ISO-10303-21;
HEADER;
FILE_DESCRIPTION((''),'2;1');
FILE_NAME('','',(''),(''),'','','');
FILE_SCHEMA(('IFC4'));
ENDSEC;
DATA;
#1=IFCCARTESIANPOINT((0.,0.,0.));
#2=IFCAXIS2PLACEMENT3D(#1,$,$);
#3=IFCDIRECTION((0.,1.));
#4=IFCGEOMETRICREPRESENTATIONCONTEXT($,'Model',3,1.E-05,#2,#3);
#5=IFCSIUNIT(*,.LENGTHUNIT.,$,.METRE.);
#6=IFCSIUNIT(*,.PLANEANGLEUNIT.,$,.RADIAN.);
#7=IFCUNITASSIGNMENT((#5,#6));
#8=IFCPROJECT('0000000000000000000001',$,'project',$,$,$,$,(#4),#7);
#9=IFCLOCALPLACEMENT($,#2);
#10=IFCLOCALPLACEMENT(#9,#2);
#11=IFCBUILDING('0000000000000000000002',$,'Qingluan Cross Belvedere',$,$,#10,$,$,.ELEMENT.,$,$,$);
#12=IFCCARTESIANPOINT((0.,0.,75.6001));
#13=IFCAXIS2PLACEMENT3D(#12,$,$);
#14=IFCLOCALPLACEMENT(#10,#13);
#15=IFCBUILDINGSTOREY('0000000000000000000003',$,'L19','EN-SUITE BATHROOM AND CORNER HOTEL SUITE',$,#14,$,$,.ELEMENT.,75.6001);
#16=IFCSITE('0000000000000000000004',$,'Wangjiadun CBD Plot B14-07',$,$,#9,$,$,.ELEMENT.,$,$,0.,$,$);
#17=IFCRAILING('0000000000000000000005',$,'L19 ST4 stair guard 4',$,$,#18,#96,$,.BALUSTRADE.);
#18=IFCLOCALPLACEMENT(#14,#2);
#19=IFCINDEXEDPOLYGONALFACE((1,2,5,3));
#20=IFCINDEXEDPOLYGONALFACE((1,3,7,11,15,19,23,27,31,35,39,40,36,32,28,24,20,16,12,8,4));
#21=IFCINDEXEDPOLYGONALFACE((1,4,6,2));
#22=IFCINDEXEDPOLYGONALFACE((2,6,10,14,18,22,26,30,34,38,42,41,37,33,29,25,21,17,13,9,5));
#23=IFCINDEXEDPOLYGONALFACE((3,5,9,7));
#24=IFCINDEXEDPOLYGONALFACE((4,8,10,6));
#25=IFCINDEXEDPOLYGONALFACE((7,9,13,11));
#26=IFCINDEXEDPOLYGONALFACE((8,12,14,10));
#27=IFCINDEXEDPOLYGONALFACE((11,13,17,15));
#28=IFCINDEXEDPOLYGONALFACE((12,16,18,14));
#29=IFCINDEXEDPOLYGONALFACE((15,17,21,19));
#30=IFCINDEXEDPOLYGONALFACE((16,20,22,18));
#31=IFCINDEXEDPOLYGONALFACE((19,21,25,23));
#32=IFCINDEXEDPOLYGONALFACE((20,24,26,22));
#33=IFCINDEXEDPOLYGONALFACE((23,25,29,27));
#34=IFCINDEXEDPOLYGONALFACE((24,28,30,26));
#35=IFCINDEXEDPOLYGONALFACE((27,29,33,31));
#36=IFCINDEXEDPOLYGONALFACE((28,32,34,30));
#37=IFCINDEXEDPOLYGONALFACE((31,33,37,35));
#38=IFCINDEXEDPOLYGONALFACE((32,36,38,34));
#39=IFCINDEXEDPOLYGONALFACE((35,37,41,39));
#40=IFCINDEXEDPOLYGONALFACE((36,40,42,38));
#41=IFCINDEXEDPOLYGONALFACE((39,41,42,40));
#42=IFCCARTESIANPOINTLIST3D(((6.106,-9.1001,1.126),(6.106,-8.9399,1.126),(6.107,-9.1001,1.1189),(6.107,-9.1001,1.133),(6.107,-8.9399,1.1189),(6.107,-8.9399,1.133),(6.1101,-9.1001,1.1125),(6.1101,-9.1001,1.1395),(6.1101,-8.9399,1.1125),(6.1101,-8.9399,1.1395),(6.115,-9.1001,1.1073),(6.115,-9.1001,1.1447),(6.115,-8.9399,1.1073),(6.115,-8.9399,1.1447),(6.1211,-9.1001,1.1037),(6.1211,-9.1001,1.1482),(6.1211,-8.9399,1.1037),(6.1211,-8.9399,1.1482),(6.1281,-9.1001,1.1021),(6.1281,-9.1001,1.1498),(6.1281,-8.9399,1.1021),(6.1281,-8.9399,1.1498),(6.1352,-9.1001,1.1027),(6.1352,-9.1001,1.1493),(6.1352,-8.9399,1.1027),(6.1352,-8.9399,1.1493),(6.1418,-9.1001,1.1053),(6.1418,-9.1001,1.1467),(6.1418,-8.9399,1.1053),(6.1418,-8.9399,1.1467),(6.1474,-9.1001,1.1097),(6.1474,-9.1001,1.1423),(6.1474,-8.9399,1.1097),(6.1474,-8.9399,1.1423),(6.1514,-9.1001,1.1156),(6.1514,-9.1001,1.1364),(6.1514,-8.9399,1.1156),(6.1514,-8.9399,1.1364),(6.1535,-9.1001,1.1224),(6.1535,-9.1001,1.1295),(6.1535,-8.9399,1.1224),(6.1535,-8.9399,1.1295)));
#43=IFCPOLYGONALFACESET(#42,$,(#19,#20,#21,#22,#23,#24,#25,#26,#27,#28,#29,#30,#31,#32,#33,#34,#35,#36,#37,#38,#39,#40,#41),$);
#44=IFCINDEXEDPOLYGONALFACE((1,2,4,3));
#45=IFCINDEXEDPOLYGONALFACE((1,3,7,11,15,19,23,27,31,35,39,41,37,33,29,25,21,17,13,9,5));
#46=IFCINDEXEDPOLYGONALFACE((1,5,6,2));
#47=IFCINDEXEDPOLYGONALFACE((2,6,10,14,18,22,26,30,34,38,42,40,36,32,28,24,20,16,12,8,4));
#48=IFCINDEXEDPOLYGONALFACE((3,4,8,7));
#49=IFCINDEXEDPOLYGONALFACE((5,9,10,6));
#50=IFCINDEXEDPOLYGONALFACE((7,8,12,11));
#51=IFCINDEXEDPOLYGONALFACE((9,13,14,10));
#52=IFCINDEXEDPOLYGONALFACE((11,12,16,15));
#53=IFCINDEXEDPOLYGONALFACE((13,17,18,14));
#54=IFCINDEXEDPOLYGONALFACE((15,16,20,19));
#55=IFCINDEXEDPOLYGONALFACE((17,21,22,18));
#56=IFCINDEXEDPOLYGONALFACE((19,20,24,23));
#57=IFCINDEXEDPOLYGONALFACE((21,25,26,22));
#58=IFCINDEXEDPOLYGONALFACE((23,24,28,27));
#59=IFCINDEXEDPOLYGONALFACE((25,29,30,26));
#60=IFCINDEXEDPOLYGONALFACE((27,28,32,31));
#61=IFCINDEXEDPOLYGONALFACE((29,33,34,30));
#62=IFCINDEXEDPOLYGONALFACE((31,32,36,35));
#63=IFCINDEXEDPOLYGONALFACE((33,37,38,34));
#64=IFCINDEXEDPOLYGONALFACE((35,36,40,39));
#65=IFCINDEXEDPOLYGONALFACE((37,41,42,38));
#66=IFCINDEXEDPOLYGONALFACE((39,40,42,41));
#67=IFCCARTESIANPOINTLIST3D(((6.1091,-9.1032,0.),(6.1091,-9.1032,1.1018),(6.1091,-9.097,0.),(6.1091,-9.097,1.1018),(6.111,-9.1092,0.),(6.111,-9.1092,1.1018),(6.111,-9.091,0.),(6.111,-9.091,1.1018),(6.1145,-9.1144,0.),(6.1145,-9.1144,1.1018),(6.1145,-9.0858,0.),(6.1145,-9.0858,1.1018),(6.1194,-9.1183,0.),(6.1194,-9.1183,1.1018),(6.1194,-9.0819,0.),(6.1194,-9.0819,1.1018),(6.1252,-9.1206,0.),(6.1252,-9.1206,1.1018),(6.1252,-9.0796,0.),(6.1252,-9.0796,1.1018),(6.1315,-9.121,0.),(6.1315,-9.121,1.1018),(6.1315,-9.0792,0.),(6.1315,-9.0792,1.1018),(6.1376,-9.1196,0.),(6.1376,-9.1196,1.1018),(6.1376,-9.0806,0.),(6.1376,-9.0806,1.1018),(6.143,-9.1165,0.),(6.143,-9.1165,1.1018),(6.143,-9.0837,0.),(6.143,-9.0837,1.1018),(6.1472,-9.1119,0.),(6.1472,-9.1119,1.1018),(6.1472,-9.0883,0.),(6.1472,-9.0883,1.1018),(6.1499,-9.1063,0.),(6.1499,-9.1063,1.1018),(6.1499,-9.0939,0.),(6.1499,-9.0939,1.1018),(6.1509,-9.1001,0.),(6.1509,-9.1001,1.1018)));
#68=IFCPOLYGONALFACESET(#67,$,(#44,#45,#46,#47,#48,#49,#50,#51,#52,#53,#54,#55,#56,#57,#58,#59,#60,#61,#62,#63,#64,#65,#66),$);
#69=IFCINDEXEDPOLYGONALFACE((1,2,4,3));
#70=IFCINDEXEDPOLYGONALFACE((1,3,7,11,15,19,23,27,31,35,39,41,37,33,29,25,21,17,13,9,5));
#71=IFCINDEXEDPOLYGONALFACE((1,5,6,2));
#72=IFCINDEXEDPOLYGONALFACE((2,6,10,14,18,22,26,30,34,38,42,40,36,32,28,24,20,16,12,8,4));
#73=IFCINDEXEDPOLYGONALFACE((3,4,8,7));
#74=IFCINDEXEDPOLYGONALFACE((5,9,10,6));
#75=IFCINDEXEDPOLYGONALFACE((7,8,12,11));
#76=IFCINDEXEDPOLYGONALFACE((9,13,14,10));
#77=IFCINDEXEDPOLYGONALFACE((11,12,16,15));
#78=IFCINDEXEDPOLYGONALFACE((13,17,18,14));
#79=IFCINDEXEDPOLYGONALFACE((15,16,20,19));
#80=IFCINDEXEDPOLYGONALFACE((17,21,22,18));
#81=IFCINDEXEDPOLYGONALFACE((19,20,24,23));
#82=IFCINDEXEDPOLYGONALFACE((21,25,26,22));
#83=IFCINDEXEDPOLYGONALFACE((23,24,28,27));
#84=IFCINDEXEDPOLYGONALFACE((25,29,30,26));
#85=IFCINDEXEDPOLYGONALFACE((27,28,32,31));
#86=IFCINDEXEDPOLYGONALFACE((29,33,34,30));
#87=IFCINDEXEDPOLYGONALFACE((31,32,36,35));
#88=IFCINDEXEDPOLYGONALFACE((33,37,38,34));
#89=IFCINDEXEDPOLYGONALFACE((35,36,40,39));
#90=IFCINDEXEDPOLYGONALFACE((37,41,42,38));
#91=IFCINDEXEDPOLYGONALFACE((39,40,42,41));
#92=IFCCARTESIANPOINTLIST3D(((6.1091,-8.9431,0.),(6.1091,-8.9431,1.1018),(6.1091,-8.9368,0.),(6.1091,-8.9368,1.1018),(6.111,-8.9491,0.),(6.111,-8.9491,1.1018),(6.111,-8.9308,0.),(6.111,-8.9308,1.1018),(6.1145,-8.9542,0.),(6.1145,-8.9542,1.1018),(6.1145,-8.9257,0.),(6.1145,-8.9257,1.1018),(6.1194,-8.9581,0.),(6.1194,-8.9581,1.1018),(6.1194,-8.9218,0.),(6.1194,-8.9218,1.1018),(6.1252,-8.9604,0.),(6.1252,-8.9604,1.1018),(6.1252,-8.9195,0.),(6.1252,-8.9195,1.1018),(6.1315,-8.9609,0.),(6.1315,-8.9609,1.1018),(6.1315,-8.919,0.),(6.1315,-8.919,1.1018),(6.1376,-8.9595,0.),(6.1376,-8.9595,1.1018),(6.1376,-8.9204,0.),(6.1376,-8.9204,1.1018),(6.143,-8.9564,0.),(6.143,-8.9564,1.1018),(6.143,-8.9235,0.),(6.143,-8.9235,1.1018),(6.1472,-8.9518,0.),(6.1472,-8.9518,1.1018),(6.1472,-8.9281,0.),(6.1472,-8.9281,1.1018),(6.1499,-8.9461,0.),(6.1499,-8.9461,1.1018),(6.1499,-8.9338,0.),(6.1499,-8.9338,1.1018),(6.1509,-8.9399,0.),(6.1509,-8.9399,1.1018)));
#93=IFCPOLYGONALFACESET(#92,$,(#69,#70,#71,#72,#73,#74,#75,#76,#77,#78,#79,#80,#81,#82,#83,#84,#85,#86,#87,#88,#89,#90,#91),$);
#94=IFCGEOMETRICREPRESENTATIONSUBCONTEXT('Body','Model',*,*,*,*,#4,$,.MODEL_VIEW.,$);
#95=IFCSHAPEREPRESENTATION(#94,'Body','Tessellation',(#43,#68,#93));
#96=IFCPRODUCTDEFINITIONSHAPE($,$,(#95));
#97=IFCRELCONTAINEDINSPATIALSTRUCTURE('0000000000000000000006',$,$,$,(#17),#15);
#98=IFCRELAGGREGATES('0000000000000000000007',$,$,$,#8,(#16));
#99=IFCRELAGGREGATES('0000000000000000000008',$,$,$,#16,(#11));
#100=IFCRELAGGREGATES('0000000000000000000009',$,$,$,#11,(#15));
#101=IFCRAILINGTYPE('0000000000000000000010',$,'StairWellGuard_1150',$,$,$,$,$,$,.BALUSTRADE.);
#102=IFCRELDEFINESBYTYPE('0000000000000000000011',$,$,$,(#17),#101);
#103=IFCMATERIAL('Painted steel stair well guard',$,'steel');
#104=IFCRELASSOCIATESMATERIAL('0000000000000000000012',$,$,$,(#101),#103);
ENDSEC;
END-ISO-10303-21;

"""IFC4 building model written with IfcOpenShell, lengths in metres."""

from ifc_helpers import new_model, si_unit, direction, frame, origin, origin_2d, place, context, subcontext, project, spatial, circle, extrude, material, type_object, element, save


model = new_model("IFC4")

# Units and contexts
model_context = context("Model", 3, precision=1e-05, world=origin(), true_north=direction((0.0, 1.0)))
body_context = subcontext(model_context, "Body", "Model", "MODEL_VIEW")
ifc_project = project(units=[si_unit("LENGTHUNIT", "METRE"), si_unit("PLANEANGLEUNIT", "RADIAN")], contexts=[model_context])

# Site, building, storey
site_placement = place(None, origin())
site = spatial("IfcSite", under=ifc_project, at=site_placement, Name="Wangjiadun CBD Plot B14-07", CompositionType="ELEMENT", RefElevation=0.0)
building_placement = place(site_placement, origin())
building = spatial("IfcBuilding", under=site, at=building_placement, Name="Qingluan Cross Belvedere", CompositionType="ELEMENT")
storey_placement = place(building_placement, frame((0.0, 0.0, 75.6001)))
storey = spatial("IfcBuildingStorey", under=building, at=storey_placement, Name="L19", Description="EN-SUITE BATHROOM AND CORNER HOTEL SUITE", CompositionType="ELEMENT", Elevation=75.6001)

# Railing
ifc_material_1 = material(Name="Painted steel stair well guard", Category="steel")
railing_type_1 = type_object("IfcRailingType", Name="StairWellGuard_1150", PredefinedType="BALUSTRADE", material=ifc_material_1)
railing_1_placement = place(storey_placement, frame((6.1299, -9.1001, 0.0)))
element("IfcRailing", 1, at=railing_1_placement, inside=storey, type_object=railing_type_1, Name="L19 ST4 stair guard 4", PredefinedType="BALUSTRADE", context=body_context, shape_type="SweptSolid", body=[
    extrude(circle(Radius=0.0239, at=origin_2d()), frame((0.0, 0.0, 1.126), z_axis=(0.0, 1.0, 0.0), x_axis=(-1.0, 0.0, 0.0)), (0.0, 0.0, 1.0), 0.1602),
    extrude(circle(Radius=0.021, at=origin_2d()), origin(), (0.0, 0.0, 1.0), 1.1018),
    extrude(circle(Radius=0.021, at=origin_2d()), frame((0.0, 0.1602, 0.0)), (0.0, 0.0, 1.0), 1.1018),
])

save(model, "model.ifc")
